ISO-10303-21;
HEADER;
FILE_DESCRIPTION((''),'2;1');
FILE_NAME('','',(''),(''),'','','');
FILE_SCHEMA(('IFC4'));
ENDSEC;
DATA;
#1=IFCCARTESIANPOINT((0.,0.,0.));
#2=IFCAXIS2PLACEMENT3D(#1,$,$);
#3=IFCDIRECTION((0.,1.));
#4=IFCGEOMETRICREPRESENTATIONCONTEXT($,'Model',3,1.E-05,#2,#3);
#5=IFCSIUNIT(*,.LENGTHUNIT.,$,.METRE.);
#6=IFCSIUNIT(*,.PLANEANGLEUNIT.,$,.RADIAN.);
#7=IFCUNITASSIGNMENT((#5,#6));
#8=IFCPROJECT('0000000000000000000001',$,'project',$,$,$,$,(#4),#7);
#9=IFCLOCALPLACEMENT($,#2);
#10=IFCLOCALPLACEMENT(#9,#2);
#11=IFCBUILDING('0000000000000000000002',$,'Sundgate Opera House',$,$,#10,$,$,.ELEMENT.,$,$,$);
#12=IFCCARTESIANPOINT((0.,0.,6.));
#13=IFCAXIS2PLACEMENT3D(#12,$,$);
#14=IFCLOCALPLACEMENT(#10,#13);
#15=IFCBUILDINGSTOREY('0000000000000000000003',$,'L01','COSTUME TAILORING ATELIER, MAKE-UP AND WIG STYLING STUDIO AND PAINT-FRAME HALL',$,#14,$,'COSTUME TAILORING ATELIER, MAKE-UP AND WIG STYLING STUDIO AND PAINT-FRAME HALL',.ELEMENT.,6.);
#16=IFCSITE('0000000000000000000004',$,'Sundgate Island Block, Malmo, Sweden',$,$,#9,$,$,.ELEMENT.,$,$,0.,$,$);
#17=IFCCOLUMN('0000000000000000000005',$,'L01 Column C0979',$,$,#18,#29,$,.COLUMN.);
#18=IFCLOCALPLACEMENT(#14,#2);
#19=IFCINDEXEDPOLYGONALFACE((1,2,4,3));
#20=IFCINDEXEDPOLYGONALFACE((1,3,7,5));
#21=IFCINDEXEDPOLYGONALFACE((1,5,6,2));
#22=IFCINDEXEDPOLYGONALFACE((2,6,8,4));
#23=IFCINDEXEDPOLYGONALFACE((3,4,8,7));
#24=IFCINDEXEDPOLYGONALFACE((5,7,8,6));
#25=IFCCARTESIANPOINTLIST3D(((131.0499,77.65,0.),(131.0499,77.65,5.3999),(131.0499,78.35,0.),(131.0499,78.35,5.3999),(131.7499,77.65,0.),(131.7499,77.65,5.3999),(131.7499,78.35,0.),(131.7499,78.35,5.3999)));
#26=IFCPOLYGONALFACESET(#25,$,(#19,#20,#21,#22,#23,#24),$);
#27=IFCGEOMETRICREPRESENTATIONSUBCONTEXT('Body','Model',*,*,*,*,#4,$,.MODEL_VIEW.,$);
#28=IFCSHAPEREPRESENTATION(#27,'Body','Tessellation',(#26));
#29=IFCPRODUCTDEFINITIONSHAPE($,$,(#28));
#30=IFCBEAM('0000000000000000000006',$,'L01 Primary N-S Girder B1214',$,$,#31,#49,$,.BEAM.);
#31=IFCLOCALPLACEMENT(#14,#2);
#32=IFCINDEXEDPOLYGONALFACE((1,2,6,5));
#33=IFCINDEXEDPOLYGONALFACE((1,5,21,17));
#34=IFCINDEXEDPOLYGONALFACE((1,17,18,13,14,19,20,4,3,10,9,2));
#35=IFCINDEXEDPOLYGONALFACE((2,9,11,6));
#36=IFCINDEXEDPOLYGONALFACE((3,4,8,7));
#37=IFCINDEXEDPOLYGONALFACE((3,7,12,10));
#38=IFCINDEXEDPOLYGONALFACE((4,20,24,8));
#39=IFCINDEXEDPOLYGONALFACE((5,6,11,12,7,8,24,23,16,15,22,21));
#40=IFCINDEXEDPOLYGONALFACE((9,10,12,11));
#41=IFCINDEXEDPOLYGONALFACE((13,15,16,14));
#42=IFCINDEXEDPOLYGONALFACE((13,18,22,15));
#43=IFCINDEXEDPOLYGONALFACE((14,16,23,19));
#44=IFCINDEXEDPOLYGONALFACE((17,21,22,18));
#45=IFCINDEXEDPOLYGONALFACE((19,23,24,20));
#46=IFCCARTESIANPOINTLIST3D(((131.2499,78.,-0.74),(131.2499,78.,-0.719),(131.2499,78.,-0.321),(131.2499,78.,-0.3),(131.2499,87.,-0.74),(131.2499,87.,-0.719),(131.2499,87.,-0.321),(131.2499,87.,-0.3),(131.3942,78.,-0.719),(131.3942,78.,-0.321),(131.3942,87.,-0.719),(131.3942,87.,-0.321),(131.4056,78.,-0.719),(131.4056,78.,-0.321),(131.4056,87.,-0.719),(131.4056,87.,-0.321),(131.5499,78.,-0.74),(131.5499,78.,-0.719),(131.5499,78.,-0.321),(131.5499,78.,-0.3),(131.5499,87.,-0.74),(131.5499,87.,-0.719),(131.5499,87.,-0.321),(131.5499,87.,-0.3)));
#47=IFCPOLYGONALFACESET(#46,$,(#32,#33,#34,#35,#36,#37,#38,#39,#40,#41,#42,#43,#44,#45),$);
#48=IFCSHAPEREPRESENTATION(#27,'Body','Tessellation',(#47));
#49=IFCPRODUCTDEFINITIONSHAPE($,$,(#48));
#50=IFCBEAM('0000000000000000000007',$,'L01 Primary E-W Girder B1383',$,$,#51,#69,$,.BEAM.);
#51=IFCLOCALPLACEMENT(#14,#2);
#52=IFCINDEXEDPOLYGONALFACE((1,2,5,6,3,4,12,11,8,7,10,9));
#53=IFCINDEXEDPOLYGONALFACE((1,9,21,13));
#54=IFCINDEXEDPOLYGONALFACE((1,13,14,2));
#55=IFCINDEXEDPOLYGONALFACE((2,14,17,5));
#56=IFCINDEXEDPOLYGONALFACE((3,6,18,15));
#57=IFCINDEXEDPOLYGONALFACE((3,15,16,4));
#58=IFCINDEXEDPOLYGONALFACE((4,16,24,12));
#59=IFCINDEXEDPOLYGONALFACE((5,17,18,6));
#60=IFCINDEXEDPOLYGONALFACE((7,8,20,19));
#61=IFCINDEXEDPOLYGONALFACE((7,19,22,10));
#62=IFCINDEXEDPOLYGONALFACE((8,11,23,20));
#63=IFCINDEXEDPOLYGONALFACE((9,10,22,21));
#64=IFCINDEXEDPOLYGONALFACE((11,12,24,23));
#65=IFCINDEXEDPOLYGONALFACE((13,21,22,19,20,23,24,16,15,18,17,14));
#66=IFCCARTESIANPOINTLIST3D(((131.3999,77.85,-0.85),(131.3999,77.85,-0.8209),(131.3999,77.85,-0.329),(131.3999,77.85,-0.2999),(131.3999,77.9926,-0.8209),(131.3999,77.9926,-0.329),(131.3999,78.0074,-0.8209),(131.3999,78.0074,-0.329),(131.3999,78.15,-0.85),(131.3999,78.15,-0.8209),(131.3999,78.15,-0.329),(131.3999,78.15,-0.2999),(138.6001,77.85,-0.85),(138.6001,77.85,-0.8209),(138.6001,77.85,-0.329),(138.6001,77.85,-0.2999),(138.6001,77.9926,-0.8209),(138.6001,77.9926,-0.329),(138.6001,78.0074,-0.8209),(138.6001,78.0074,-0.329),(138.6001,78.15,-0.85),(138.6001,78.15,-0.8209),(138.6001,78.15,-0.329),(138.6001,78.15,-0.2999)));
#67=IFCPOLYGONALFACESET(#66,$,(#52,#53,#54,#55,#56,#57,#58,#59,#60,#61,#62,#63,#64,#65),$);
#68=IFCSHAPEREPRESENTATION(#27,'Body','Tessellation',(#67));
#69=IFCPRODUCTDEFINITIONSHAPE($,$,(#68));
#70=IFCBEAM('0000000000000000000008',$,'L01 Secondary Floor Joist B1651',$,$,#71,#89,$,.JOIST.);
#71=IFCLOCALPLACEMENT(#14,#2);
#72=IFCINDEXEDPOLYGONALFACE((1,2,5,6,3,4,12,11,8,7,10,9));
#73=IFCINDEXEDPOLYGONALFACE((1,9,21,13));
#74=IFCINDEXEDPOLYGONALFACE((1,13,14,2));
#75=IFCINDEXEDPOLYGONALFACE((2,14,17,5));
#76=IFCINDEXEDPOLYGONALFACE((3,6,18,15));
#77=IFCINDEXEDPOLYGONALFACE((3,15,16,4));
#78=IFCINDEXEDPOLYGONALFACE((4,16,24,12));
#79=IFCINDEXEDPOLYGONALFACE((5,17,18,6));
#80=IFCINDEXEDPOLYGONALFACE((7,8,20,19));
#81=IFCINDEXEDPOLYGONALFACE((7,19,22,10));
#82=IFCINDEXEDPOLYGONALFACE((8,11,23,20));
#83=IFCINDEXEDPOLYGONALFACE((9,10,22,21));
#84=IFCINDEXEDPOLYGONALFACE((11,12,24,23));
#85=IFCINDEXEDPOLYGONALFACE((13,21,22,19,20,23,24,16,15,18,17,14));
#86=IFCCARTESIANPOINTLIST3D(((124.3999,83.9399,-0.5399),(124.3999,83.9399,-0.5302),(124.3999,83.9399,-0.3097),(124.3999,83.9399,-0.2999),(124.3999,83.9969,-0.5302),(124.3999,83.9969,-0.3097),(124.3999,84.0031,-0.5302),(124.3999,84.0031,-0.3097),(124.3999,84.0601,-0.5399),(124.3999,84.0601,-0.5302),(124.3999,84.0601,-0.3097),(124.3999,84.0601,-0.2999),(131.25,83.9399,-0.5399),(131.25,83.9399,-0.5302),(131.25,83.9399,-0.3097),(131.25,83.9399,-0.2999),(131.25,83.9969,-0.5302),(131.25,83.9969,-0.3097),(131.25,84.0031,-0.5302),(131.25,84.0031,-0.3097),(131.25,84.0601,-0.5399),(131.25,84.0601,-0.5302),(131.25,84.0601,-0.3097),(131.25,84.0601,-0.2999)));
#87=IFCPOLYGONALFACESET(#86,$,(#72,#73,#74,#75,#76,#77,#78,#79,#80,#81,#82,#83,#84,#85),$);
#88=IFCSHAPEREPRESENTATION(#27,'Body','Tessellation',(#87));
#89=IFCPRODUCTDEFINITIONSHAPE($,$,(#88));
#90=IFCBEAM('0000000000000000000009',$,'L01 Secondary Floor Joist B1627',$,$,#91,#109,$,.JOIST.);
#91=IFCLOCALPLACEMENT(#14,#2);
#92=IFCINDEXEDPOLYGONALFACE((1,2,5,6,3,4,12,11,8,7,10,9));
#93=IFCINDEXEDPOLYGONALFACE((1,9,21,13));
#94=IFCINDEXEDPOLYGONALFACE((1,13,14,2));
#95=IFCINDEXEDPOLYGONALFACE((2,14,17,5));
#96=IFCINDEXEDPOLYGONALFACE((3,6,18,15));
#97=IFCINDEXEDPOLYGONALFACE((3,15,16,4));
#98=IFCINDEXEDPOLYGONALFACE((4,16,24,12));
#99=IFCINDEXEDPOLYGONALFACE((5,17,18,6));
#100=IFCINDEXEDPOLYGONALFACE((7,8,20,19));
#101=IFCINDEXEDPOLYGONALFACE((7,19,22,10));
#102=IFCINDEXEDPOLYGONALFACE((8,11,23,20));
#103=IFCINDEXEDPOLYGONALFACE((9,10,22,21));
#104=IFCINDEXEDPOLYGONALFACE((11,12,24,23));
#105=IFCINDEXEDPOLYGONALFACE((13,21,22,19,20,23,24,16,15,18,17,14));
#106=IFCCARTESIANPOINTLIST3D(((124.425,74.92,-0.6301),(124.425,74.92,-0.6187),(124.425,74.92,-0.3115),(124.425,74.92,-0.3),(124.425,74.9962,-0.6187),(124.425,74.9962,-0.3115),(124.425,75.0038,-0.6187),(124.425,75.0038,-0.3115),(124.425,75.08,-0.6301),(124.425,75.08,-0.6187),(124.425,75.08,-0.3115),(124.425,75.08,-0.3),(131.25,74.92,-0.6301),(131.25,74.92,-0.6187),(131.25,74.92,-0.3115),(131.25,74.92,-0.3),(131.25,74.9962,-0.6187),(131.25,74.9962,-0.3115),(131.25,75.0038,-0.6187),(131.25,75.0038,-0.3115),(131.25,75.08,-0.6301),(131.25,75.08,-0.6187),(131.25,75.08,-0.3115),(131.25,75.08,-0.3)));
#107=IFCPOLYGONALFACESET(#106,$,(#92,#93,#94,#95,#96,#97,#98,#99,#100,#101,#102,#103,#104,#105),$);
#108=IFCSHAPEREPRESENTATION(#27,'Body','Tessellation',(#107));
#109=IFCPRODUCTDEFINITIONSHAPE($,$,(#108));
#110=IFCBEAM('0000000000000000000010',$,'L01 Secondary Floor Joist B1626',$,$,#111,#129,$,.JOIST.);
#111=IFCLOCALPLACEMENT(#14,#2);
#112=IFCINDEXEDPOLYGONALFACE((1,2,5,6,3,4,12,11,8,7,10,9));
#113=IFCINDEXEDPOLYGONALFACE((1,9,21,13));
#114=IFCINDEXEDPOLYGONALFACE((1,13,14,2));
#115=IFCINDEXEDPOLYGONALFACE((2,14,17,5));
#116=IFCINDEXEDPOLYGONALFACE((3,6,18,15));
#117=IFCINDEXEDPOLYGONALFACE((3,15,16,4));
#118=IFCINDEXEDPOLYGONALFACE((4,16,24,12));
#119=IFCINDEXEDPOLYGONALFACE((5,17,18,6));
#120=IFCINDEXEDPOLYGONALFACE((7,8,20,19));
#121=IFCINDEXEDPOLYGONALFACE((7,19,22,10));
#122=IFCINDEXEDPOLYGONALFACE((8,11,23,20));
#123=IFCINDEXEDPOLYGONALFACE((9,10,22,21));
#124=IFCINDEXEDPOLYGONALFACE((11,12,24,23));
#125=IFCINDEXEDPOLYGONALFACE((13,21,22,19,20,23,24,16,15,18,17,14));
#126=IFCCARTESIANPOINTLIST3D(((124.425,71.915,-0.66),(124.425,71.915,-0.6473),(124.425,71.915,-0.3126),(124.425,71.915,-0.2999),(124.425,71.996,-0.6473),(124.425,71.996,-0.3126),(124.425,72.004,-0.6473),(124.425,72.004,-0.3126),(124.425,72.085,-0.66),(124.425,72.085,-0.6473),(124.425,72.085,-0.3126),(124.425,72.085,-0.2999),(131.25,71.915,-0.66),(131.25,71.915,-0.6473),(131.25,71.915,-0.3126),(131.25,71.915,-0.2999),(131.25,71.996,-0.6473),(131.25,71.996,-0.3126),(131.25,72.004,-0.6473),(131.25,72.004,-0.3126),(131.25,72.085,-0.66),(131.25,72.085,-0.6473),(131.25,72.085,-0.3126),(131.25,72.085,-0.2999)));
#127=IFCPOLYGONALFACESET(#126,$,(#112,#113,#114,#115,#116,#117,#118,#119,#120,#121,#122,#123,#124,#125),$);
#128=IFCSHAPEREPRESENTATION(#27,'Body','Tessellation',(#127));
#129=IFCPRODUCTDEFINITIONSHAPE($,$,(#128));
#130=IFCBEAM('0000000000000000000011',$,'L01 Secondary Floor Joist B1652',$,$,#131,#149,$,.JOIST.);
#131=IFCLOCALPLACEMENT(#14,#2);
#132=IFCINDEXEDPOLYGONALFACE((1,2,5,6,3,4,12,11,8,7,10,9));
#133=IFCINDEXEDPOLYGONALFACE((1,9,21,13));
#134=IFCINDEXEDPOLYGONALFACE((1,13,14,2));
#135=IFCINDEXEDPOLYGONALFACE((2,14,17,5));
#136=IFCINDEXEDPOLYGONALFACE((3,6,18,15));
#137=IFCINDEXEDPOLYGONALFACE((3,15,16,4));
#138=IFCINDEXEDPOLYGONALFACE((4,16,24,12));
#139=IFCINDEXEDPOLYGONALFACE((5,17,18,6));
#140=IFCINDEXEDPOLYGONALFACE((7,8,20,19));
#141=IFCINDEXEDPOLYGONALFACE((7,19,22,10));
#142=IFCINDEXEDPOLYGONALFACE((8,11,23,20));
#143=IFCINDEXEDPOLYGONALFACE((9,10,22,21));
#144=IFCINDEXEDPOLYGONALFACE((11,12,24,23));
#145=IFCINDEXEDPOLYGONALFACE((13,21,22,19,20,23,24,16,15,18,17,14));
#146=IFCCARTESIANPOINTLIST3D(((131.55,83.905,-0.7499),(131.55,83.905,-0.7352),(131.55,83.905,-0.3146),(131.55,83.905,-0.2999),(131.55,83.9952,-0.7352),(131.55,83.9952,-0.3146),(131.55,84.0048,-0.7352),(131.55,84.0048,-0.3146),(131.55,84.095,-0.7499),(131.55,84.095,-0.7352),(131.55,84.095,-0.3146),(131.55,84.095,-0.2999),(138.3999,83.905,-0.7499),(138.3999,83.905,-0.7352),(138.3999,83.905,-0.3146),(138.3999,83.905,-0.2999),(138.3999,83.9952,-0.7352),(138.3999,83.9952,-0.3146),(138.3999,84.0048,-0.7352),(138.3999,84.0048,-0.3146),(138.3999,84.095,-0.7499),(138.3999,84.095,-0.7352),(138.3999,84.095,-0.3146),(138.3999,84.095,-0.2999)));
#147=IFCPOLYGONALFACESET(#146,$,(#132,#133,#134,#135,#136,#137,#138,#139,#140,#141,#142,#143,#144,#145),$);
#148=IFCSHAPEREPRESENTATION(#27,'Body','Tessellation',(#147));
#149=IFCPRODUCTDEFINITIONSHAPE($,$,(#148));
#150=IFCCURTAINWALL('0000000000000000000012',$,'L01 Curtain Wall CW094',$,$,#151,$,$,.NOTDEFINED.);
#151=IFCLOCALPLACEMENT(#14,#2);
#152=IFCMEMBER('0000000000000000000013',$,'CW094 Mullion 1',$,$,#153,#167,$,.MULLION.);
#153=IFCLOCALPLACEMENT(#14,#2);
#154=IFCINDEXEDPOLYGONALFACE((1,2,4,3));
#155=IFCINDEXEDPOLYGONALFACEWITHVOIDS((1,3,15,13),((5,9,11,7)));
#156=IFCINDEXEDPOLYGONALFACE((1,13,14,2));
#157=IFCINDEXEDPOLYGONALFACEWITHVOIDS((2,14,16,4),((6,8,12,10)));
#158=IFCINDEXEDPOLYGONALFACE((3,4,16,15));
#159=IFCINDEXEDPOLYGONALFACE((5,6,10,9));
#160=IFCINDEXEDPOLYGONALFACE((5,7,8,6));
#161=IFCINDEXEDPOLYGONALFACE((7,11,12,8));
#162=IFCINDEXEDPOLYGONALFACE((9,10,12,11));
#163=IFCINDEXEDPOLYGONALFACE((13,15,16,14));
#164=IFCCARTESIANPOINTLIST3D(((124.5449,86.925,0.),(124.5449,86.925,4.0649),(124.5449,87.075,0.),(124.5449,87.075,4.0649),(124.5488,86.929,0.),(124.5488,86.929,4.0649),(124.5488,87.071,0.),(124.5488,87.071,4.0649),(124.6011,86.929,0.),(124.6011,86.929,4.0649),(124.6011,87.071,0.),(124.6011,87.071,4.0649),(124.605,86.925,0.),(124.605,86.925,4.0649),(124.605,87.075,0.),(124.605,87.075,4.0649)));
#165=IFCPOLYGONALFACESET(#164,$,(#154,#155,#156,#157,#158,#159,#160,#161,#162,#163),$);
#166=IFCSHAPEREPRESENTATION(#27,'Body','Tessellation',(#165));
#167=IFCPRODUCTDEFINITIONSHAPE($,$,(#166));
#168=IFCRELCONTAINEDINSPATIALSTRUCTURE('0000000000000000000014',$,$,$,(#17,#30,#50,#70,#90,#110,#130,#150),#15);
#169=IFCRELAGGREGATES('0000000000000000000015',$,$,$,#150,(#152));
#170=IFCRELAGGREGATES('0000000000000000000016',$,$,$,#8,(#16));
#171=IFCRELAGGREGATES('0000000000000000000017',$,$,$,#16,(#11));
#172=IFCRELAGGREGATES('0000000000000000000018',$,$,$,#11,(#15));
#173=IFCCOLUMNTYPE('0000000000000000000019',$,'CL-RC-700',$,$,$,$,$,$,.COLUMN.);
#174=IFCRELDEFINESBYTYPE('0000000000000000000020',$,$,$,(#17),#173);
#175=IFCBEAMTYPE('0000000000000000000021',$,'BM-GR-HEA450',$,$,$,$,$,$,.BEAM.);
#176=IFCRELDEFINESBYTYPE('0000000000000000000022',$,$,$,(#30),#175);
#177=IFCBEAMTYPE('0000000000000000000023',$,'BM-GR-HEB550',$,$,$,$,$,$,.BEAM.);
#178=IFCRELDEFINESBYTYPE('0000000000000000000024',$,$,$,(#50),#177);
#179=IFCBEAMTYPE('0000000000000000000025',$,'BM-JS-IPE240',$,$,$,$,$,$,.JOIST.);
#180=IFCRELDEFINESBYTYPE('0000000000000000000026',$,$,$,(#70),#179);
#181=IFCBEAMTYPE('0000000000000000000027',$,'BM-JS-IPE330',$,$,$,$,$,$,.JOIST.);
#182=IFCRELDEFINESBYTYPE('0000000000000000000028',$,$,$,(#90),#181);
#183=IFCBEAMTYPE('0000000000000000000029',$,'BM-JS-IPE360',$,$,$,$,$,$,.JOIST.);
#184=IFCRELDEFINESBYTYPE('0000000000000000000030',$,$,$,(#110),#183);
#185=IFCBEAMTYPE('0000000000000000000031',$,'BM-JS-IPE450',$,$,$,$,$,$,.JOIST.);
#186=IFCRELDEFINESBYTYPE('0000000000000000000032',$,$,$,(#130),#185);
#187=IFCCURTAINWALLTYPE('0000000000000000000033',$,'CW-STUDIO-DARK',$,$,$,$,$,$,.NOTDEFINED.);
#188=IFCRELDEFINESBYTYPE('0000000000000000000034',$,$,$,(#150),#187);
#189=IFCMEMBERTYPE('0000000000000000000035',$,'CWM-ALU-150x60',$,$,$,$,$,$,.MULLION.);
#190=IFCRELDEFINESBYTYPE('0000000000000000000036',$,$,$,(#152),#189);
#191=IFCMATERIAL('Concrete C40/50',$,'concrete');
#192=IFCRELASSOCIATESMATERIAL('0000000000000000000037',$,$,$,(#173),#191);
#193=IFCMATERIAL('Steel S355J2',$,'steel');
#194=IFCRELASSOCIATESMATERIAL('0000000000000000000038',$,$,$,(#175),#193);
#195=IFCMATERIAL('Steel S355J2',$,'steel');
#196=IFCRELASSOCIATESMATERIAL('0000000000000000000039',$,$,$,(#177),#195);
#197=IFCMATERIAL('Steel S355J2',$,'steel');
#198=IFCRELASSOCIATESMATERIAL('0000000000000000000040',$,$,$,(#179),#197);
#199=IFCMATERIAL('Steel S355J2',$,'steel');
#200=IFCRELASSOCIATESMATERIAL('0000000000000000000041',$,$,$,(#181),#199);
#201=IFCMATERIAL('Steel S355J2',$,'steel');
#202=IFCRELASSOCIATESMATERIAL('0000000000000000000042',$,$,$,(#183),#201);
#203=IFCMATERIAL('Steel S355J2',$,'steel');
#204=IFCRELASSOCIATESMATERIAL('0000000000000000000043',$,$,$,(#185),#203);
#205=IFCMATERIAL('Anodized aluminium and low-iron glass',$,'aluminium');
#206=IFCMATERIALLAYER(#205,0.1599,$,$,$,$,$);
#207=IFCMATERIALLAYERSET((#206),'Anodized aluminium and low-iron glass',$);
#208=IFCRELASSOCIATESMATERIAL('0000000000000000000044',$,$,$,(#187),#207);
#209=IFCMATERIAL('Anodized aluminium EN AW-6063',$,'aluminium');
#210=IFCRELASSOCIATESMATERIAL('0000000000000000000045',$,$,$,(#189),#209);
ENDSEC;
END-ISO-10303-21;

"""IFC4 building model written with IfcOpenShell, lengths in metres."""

from ifc_helpers import new_model, si_unit, direction, frame, origin, origin_2d, place, context, subcontext, project, spatial, rectangle, hollow_rectangle, i_section, extrude, material, layer, layer_set, material_profile, profile_set, type_object, element, aggregate, save


model = new_model("IFC4")

# Units and contexts
model_context = context("Model", 3, precision=1e-05, world=origin(), true_north=direction((0.0, 1.0)))
body_context = subcontext(model_context, "Body", "Model", "MODEL_VIEW")
ifc_project = project(units=[si_unit("LENGTHUNIT", "METRE"), si_unit("PLANEANGLEUNIT", "RADIAN")], contexts=[model_context])

# Site, building, storey
site_placement = place(None, origin())
site = spatial("IfcSite", under=ifc_project, at=site_placement, Name="Sundgate Island Block, Malmo, Sweden", CompositionType="ELEMENT", RefElevation=0.0)
building_placement = place(site_placement, origin())
building = spatial("IfcBuilding", under=site, at=building_placement, Name="Sundgate Opera House", CompositionType="ELEMENT")
storey_placement = place(building_placement, frame((0.0, 0.0, 6.0)))
storey = spatial("IfcBuildingStorey", under=building, at=storey_placement, Name="L01", Description="COSTUME TAILORING ATELIER, MAKE-UP AND WIG STYLING STUDIO AND PAINT-FRAME HALL", LongName="COSTUME TAILORING ATELIER, MAKE-UP AND WIG STYLING STUDIO AND PAINT-FRAME HALL", CompositionType="ELEMENT", Elevation=6.0)

# Column
ifc_material_1 = material(Name="Concrete C40/50", Category="concrete")
ifc_material_profile_1 = material_profile(ifc_material_1, rectangle(XDim=0.7, YDim=0.7, at=origin_2d()), Name="RC 700x700")
ifc_profile_set_1 = profile_set([ifc_material_profile_1], Name="Concrete C40/50")
column_type = type_object("IfcColumnType", Name="CL-RC-700", PredefinedType="COLUMN", material=ifc_profile_set_1)
column_placement = place(storey_placement, frame((131.3999, 78.0, 0.0), z_axis=(0.0, 0.0, 1.0), x_axis=(1.0, 0.0, 0.0)))
element("IfcColumn", 1, at=column_placement, inside=storey, type_object=column_type, Name="L01 Column C0979", PredefinedType="COLUMN", context=body_context, shape_type="SweptSolid", body=[
    extrude(rectangle(XDim=0.7, YDim=0.7, at=origin_2d()), origin(), (0.0, 0.0, 1.0), 5.3999),
])

# Beams
ifc_material_2 = material(Name="Steel S355J2", Category="steel")
ifc_material_profile_2 = material_profile(ifc_material_2, i_section(OverallWidth=0.3, OverallDepth=0.4399, WebThickness=0.0115, FlangeThickness=0.021, at=origin_2d()), Name="HEA 450")
ifc_profile_set_2 = profile_set([ifc_material_profile_2], Name="Steel S355J2")
beam_type_1 = type_object("IfcBeamType", Name="BM-GR-HEA450", PredefinedType="BEAM", material=ifc_profile_set_2)
beam_1_placement = place(storey_placement, frame((131.3999, 78.0, -0.52), z_axis=(0.0, 1.0, 0.0), x_axis=(-1.0, 0.0, 0.0)))
element("IfcBeam", 2, at=beam_1_placement, inside=storey, type_object=beam_type_1, Name="L01 Primary N-S Girder B1214", PredefinedType="BEAM", context=body_context, shape_type="SweptSolid", body=[
    extrude(i_section(OverallWidth=0.3, OverallDepth=0.4399, WebThickness=0.0115, FlangeThickness=0.021, at=origin_2d()), origin(), (0.0, 0.0, 1.0), 9.0),
])
ifc_material_3 = material(Name="Steel S355J2", Category="steel")
ifc_material_profile_3 = material_profile(ifc_material_3, i_section(OverallWidth=0.3, OverallDepth=0.55, WebThickness=0.0149, FlangeThickness=0.0291, at=origin_2d()), Name="HEB 550")
ifc_profile_set_3 = profile_set([ifc_material_profile_3], Name="Steel S355J2")
beam_type_2 = type_object("IfcBeamType", Name="BM-GR-HEB550", PredefinedType="BEAM", material=ifc_profile_set_3)
beam_2_placement = place(storey_placement, frame((131.3999, 78.0, -0.575), z_axis=(1.0, 0.0, 0.0), x_axis=(0.0, 1.0, 0.0)))
element("IfcBeam", 3, at=beam_2_placement, inside=storey, type_object=beam_type_2, Name="L01 Primary E-W Girder B1383", PredefinedType="BEAM", context=body_context, shape_type="SweptSolid", body=[
    extrude(i_section(OverallWidth=0.3, OverallDepth=0.55, WebThickness=0.0149, FlangeThickness=0.0291, at=origin_2d()), origin(), (0.0, 0.0, 1.0), 7.2002),
])
ifc_material_4 = material(Name="Steel S355J2", Category="steel")
ifc_material_profile_4 = material_profile(ifc_material_4, i_section(OverallWidth=0.1201, OverallDepth=0.24, WebThickness=0.0061, FlangeThickness=0.0098, at=origin_2d()), Name="IPE 240")
ifc_profile_set_4 = profile_set([ifc_material_profile_4], Name="Steel S355J2")
beam_type_3 = type_object("IfcBeamType", Name="BM-JS-IPE240", PredefinedType="JOIST", material=ifc_profile_set_4)
beam_3_placement = place(storey_placement, frame((124.3999, 84.0, -0.4199), z_axis=(1.0, 0.0, 0.0), x_axis=(0.0, 1.0, 0.0)))
element("IfcBeam", 4, at=beam_3_placement, inside=storey, type_object=beam_type_3, Name="L01 Secondary Floor Joist B1651", PredefinedType="JOIST", context=body_context, shape_type="SweptSolid", body=[
    extrude(i_section(OverallWidth=0.1201, OverallDepth=0.24, WebThickness=0.0061, FlangeThickness=0.0098, at=origin_2d()), origin(), (0.0, 0.0, 1.0), 6.8501),
])
ifc_material_5 = material(Name="Steel S355J2", Category="steel")
ifc_material_profile_5 = material_profile(ifc_material_5, i_section(OverallWidth=0.1599, OverallDepth=0.3301, WebThickness=0.0076, FlangeThickness=0.0115, at=origin_2d()), Name="IPE 330")
ifc_profile_set_5 = profile_set([ifc_material_profile_5], Name="Steel S355J2")
beam_type_4 = type_object("IfcBeamType", Name="BM-JS-IPE330", PredefinedType="JOIST", material=ifc_profile_set_5)
beam_4_placement = place(storey_placement, frame((124.425, 75.0, -0.4651), z_axis=(1.0, 0.0, 0.0), x_axis=(0.0, 1.0, 0.0)))
element("IfcBeam", 5, at=beam_4_placement, inside=storey, type_object=beam_type_4, Name="L01 Secondary Floor Joist B1627", PredefinedType="JOIST", context=body_context, shape_type="SweptSolid", body=[
    extrude(i_section(OverallWidth=0.1599, OverallDepth=0.3301, WebThickness=0.0076, FlangeThickness=0.0115, at=origin_2d()), origin(), (0.0, 0.0, 1.0), 6.825),
])
ifc_material_6 = material(Name="Steel S355J2", Category="steel")
ifc_material_profile_6 = material_profile(ifc_material_6, i_section(OverallWidth=0.1699, OverallDepth=0.3601, WebThickness=0.0081, FlangeThickness=0.0127, at=origin_2d()), Name="IPE 360")
ifc_profile_set_6 = profile_set([ifc_material_profile_6], Name="Steel S355J2")
beam_type_5 = type_object("IfcBeamType", Name="BM-JS-IPE360", PredefinedType="JOIST", material=ifc_profile_set_6)
beam_5_placement = place(storey_placement, frame((124.425, 72.0, -0.48), z_axis=(1.0, 0.0, 0.0), x_axis=(0.0, 1.0, 0.0)))
element("IfcBeam", 6, at=beam_5_placement, inside=storey, type_object=beam_type_5, Name="L01 Secondary Floor Joist B1626", PredefinedType="JOIST", context=body_context, shape_type="SweptSolid", body=[
    extrude(i_section(OverallWidth=0.1699, OverallDepth=0.3601, WebThickness=0.0081, FlangeThickness=0.0127, at=origin_2d()), origin(), (0.0, 0.0, 1.0), 6.825),
])
ifc_material_7 = material(Name="Steel S355J2", Category="steel")
ifc_material_profile_7 = material_profile(ifc_material_7, i_section(OverallWidth=0.1899, OverallDepth=0.45, WebThickness=0.0095, FlangeThickness=0.0146, at=origin_2d()), Name="IPE 450")
ifc_profile_set_7 = profile_set([ifc_material_profile_7], Name="Steel S355J2")
beam_type_6 = type_object("IfcBeamType", Name="BM-JS-IPE450", PredefinedType="JOIST", material=ifc_profile_set_7)
beam_6_placement = place(storey_placement, frame((131.55, 84.0, -0.5249), z_axis=(1.0, 0.0, 0.0), x_axis=(0.0, 1.0, 0.0)))
element("IfcBeam", 7, at=beam_6_placement, inside=storey, type_object=beam_type_6, Name="L01 Secondary Floor Joist B1652", PredefinedType="JOIST", context=body_context, shape_type="SweptSolid", body=[
    extrude(i_section(OverallWidth=0.1899, OverallDepth=0.45, WebThickness=0.0095, FlangeThickness=0.0146, at=origin_2d()), origin(), (0.0, 0.0, 1.0), 6.8499),
])

# Curtain wall, member
ifc_material_8 = material(Name="Anodized aluminium and low-iron glass", Category="aluminium")
ifc_layer_1 = layer(ifc_material_8, 0.1599)
ifc_layer_set_1 = layer_set([ifc_layer_1], Name="Anodized aluminium and low-iron glass")
curtain_wall_type = type_object("IfcCurtainWallType", Name="CW-STUDIO-DARK", PredefinedType="NOTDEFINED", material=ifc_layer_set_1)
curtain_wall_placement = place(storey_placement, origin())
curtain_wall = element("IfcCurtainWall", 8, at=curtain_wall_placement, inside=storey, type_object=curtain_wall_type, Name="L01 Curtain Wall CW094", PredefinedType="NOTDEFINED")
ifc_material_9 = material(Name="Anodized aluminium EN AW-6063", Category="aluminium")
ifc_material_profile_8 = material_profile(ifc_material_9, hollow_rectangle(XDim=0.0601, YDim=0.1499, WallThickness=0.0039, at=origin_2d()), Name="CWM 150x60x4")
ifc_profile_set_8 = profile_set([ifc_material_profile_8], Name="Anodized aluminium EN AW-6063")
member_type_1 = type_object("IfcMemberType", Name="CWM-ALU-150x60", PredefinedType="MULLION", material=ifc_profile_set_8)
member_1_placement = place(storey_placement, frame((124.575, 87.0, 0.0), z_axis=(0.0, 0.0, 1.0), x_axis=(1.0, 0.0, 0.0)))
member_1 = element("IfcMember", 9, at=member_1_placement, type_object=member_type_1, Name="CW094 Mullion 1", PredefinedType="MULLION", context=body_context, shape_type="SweptSolid", body=[
    extrude(hollow_rectangle(XDim=0.0601, YDim=0.1499, WallThickness=0.0039, at=origin_2d()), origin(), (0.0, 0.0, 1.0), 4.0649),
])
aggregate(curtain_wall, [member_1])

save(model, "model.ifc")
